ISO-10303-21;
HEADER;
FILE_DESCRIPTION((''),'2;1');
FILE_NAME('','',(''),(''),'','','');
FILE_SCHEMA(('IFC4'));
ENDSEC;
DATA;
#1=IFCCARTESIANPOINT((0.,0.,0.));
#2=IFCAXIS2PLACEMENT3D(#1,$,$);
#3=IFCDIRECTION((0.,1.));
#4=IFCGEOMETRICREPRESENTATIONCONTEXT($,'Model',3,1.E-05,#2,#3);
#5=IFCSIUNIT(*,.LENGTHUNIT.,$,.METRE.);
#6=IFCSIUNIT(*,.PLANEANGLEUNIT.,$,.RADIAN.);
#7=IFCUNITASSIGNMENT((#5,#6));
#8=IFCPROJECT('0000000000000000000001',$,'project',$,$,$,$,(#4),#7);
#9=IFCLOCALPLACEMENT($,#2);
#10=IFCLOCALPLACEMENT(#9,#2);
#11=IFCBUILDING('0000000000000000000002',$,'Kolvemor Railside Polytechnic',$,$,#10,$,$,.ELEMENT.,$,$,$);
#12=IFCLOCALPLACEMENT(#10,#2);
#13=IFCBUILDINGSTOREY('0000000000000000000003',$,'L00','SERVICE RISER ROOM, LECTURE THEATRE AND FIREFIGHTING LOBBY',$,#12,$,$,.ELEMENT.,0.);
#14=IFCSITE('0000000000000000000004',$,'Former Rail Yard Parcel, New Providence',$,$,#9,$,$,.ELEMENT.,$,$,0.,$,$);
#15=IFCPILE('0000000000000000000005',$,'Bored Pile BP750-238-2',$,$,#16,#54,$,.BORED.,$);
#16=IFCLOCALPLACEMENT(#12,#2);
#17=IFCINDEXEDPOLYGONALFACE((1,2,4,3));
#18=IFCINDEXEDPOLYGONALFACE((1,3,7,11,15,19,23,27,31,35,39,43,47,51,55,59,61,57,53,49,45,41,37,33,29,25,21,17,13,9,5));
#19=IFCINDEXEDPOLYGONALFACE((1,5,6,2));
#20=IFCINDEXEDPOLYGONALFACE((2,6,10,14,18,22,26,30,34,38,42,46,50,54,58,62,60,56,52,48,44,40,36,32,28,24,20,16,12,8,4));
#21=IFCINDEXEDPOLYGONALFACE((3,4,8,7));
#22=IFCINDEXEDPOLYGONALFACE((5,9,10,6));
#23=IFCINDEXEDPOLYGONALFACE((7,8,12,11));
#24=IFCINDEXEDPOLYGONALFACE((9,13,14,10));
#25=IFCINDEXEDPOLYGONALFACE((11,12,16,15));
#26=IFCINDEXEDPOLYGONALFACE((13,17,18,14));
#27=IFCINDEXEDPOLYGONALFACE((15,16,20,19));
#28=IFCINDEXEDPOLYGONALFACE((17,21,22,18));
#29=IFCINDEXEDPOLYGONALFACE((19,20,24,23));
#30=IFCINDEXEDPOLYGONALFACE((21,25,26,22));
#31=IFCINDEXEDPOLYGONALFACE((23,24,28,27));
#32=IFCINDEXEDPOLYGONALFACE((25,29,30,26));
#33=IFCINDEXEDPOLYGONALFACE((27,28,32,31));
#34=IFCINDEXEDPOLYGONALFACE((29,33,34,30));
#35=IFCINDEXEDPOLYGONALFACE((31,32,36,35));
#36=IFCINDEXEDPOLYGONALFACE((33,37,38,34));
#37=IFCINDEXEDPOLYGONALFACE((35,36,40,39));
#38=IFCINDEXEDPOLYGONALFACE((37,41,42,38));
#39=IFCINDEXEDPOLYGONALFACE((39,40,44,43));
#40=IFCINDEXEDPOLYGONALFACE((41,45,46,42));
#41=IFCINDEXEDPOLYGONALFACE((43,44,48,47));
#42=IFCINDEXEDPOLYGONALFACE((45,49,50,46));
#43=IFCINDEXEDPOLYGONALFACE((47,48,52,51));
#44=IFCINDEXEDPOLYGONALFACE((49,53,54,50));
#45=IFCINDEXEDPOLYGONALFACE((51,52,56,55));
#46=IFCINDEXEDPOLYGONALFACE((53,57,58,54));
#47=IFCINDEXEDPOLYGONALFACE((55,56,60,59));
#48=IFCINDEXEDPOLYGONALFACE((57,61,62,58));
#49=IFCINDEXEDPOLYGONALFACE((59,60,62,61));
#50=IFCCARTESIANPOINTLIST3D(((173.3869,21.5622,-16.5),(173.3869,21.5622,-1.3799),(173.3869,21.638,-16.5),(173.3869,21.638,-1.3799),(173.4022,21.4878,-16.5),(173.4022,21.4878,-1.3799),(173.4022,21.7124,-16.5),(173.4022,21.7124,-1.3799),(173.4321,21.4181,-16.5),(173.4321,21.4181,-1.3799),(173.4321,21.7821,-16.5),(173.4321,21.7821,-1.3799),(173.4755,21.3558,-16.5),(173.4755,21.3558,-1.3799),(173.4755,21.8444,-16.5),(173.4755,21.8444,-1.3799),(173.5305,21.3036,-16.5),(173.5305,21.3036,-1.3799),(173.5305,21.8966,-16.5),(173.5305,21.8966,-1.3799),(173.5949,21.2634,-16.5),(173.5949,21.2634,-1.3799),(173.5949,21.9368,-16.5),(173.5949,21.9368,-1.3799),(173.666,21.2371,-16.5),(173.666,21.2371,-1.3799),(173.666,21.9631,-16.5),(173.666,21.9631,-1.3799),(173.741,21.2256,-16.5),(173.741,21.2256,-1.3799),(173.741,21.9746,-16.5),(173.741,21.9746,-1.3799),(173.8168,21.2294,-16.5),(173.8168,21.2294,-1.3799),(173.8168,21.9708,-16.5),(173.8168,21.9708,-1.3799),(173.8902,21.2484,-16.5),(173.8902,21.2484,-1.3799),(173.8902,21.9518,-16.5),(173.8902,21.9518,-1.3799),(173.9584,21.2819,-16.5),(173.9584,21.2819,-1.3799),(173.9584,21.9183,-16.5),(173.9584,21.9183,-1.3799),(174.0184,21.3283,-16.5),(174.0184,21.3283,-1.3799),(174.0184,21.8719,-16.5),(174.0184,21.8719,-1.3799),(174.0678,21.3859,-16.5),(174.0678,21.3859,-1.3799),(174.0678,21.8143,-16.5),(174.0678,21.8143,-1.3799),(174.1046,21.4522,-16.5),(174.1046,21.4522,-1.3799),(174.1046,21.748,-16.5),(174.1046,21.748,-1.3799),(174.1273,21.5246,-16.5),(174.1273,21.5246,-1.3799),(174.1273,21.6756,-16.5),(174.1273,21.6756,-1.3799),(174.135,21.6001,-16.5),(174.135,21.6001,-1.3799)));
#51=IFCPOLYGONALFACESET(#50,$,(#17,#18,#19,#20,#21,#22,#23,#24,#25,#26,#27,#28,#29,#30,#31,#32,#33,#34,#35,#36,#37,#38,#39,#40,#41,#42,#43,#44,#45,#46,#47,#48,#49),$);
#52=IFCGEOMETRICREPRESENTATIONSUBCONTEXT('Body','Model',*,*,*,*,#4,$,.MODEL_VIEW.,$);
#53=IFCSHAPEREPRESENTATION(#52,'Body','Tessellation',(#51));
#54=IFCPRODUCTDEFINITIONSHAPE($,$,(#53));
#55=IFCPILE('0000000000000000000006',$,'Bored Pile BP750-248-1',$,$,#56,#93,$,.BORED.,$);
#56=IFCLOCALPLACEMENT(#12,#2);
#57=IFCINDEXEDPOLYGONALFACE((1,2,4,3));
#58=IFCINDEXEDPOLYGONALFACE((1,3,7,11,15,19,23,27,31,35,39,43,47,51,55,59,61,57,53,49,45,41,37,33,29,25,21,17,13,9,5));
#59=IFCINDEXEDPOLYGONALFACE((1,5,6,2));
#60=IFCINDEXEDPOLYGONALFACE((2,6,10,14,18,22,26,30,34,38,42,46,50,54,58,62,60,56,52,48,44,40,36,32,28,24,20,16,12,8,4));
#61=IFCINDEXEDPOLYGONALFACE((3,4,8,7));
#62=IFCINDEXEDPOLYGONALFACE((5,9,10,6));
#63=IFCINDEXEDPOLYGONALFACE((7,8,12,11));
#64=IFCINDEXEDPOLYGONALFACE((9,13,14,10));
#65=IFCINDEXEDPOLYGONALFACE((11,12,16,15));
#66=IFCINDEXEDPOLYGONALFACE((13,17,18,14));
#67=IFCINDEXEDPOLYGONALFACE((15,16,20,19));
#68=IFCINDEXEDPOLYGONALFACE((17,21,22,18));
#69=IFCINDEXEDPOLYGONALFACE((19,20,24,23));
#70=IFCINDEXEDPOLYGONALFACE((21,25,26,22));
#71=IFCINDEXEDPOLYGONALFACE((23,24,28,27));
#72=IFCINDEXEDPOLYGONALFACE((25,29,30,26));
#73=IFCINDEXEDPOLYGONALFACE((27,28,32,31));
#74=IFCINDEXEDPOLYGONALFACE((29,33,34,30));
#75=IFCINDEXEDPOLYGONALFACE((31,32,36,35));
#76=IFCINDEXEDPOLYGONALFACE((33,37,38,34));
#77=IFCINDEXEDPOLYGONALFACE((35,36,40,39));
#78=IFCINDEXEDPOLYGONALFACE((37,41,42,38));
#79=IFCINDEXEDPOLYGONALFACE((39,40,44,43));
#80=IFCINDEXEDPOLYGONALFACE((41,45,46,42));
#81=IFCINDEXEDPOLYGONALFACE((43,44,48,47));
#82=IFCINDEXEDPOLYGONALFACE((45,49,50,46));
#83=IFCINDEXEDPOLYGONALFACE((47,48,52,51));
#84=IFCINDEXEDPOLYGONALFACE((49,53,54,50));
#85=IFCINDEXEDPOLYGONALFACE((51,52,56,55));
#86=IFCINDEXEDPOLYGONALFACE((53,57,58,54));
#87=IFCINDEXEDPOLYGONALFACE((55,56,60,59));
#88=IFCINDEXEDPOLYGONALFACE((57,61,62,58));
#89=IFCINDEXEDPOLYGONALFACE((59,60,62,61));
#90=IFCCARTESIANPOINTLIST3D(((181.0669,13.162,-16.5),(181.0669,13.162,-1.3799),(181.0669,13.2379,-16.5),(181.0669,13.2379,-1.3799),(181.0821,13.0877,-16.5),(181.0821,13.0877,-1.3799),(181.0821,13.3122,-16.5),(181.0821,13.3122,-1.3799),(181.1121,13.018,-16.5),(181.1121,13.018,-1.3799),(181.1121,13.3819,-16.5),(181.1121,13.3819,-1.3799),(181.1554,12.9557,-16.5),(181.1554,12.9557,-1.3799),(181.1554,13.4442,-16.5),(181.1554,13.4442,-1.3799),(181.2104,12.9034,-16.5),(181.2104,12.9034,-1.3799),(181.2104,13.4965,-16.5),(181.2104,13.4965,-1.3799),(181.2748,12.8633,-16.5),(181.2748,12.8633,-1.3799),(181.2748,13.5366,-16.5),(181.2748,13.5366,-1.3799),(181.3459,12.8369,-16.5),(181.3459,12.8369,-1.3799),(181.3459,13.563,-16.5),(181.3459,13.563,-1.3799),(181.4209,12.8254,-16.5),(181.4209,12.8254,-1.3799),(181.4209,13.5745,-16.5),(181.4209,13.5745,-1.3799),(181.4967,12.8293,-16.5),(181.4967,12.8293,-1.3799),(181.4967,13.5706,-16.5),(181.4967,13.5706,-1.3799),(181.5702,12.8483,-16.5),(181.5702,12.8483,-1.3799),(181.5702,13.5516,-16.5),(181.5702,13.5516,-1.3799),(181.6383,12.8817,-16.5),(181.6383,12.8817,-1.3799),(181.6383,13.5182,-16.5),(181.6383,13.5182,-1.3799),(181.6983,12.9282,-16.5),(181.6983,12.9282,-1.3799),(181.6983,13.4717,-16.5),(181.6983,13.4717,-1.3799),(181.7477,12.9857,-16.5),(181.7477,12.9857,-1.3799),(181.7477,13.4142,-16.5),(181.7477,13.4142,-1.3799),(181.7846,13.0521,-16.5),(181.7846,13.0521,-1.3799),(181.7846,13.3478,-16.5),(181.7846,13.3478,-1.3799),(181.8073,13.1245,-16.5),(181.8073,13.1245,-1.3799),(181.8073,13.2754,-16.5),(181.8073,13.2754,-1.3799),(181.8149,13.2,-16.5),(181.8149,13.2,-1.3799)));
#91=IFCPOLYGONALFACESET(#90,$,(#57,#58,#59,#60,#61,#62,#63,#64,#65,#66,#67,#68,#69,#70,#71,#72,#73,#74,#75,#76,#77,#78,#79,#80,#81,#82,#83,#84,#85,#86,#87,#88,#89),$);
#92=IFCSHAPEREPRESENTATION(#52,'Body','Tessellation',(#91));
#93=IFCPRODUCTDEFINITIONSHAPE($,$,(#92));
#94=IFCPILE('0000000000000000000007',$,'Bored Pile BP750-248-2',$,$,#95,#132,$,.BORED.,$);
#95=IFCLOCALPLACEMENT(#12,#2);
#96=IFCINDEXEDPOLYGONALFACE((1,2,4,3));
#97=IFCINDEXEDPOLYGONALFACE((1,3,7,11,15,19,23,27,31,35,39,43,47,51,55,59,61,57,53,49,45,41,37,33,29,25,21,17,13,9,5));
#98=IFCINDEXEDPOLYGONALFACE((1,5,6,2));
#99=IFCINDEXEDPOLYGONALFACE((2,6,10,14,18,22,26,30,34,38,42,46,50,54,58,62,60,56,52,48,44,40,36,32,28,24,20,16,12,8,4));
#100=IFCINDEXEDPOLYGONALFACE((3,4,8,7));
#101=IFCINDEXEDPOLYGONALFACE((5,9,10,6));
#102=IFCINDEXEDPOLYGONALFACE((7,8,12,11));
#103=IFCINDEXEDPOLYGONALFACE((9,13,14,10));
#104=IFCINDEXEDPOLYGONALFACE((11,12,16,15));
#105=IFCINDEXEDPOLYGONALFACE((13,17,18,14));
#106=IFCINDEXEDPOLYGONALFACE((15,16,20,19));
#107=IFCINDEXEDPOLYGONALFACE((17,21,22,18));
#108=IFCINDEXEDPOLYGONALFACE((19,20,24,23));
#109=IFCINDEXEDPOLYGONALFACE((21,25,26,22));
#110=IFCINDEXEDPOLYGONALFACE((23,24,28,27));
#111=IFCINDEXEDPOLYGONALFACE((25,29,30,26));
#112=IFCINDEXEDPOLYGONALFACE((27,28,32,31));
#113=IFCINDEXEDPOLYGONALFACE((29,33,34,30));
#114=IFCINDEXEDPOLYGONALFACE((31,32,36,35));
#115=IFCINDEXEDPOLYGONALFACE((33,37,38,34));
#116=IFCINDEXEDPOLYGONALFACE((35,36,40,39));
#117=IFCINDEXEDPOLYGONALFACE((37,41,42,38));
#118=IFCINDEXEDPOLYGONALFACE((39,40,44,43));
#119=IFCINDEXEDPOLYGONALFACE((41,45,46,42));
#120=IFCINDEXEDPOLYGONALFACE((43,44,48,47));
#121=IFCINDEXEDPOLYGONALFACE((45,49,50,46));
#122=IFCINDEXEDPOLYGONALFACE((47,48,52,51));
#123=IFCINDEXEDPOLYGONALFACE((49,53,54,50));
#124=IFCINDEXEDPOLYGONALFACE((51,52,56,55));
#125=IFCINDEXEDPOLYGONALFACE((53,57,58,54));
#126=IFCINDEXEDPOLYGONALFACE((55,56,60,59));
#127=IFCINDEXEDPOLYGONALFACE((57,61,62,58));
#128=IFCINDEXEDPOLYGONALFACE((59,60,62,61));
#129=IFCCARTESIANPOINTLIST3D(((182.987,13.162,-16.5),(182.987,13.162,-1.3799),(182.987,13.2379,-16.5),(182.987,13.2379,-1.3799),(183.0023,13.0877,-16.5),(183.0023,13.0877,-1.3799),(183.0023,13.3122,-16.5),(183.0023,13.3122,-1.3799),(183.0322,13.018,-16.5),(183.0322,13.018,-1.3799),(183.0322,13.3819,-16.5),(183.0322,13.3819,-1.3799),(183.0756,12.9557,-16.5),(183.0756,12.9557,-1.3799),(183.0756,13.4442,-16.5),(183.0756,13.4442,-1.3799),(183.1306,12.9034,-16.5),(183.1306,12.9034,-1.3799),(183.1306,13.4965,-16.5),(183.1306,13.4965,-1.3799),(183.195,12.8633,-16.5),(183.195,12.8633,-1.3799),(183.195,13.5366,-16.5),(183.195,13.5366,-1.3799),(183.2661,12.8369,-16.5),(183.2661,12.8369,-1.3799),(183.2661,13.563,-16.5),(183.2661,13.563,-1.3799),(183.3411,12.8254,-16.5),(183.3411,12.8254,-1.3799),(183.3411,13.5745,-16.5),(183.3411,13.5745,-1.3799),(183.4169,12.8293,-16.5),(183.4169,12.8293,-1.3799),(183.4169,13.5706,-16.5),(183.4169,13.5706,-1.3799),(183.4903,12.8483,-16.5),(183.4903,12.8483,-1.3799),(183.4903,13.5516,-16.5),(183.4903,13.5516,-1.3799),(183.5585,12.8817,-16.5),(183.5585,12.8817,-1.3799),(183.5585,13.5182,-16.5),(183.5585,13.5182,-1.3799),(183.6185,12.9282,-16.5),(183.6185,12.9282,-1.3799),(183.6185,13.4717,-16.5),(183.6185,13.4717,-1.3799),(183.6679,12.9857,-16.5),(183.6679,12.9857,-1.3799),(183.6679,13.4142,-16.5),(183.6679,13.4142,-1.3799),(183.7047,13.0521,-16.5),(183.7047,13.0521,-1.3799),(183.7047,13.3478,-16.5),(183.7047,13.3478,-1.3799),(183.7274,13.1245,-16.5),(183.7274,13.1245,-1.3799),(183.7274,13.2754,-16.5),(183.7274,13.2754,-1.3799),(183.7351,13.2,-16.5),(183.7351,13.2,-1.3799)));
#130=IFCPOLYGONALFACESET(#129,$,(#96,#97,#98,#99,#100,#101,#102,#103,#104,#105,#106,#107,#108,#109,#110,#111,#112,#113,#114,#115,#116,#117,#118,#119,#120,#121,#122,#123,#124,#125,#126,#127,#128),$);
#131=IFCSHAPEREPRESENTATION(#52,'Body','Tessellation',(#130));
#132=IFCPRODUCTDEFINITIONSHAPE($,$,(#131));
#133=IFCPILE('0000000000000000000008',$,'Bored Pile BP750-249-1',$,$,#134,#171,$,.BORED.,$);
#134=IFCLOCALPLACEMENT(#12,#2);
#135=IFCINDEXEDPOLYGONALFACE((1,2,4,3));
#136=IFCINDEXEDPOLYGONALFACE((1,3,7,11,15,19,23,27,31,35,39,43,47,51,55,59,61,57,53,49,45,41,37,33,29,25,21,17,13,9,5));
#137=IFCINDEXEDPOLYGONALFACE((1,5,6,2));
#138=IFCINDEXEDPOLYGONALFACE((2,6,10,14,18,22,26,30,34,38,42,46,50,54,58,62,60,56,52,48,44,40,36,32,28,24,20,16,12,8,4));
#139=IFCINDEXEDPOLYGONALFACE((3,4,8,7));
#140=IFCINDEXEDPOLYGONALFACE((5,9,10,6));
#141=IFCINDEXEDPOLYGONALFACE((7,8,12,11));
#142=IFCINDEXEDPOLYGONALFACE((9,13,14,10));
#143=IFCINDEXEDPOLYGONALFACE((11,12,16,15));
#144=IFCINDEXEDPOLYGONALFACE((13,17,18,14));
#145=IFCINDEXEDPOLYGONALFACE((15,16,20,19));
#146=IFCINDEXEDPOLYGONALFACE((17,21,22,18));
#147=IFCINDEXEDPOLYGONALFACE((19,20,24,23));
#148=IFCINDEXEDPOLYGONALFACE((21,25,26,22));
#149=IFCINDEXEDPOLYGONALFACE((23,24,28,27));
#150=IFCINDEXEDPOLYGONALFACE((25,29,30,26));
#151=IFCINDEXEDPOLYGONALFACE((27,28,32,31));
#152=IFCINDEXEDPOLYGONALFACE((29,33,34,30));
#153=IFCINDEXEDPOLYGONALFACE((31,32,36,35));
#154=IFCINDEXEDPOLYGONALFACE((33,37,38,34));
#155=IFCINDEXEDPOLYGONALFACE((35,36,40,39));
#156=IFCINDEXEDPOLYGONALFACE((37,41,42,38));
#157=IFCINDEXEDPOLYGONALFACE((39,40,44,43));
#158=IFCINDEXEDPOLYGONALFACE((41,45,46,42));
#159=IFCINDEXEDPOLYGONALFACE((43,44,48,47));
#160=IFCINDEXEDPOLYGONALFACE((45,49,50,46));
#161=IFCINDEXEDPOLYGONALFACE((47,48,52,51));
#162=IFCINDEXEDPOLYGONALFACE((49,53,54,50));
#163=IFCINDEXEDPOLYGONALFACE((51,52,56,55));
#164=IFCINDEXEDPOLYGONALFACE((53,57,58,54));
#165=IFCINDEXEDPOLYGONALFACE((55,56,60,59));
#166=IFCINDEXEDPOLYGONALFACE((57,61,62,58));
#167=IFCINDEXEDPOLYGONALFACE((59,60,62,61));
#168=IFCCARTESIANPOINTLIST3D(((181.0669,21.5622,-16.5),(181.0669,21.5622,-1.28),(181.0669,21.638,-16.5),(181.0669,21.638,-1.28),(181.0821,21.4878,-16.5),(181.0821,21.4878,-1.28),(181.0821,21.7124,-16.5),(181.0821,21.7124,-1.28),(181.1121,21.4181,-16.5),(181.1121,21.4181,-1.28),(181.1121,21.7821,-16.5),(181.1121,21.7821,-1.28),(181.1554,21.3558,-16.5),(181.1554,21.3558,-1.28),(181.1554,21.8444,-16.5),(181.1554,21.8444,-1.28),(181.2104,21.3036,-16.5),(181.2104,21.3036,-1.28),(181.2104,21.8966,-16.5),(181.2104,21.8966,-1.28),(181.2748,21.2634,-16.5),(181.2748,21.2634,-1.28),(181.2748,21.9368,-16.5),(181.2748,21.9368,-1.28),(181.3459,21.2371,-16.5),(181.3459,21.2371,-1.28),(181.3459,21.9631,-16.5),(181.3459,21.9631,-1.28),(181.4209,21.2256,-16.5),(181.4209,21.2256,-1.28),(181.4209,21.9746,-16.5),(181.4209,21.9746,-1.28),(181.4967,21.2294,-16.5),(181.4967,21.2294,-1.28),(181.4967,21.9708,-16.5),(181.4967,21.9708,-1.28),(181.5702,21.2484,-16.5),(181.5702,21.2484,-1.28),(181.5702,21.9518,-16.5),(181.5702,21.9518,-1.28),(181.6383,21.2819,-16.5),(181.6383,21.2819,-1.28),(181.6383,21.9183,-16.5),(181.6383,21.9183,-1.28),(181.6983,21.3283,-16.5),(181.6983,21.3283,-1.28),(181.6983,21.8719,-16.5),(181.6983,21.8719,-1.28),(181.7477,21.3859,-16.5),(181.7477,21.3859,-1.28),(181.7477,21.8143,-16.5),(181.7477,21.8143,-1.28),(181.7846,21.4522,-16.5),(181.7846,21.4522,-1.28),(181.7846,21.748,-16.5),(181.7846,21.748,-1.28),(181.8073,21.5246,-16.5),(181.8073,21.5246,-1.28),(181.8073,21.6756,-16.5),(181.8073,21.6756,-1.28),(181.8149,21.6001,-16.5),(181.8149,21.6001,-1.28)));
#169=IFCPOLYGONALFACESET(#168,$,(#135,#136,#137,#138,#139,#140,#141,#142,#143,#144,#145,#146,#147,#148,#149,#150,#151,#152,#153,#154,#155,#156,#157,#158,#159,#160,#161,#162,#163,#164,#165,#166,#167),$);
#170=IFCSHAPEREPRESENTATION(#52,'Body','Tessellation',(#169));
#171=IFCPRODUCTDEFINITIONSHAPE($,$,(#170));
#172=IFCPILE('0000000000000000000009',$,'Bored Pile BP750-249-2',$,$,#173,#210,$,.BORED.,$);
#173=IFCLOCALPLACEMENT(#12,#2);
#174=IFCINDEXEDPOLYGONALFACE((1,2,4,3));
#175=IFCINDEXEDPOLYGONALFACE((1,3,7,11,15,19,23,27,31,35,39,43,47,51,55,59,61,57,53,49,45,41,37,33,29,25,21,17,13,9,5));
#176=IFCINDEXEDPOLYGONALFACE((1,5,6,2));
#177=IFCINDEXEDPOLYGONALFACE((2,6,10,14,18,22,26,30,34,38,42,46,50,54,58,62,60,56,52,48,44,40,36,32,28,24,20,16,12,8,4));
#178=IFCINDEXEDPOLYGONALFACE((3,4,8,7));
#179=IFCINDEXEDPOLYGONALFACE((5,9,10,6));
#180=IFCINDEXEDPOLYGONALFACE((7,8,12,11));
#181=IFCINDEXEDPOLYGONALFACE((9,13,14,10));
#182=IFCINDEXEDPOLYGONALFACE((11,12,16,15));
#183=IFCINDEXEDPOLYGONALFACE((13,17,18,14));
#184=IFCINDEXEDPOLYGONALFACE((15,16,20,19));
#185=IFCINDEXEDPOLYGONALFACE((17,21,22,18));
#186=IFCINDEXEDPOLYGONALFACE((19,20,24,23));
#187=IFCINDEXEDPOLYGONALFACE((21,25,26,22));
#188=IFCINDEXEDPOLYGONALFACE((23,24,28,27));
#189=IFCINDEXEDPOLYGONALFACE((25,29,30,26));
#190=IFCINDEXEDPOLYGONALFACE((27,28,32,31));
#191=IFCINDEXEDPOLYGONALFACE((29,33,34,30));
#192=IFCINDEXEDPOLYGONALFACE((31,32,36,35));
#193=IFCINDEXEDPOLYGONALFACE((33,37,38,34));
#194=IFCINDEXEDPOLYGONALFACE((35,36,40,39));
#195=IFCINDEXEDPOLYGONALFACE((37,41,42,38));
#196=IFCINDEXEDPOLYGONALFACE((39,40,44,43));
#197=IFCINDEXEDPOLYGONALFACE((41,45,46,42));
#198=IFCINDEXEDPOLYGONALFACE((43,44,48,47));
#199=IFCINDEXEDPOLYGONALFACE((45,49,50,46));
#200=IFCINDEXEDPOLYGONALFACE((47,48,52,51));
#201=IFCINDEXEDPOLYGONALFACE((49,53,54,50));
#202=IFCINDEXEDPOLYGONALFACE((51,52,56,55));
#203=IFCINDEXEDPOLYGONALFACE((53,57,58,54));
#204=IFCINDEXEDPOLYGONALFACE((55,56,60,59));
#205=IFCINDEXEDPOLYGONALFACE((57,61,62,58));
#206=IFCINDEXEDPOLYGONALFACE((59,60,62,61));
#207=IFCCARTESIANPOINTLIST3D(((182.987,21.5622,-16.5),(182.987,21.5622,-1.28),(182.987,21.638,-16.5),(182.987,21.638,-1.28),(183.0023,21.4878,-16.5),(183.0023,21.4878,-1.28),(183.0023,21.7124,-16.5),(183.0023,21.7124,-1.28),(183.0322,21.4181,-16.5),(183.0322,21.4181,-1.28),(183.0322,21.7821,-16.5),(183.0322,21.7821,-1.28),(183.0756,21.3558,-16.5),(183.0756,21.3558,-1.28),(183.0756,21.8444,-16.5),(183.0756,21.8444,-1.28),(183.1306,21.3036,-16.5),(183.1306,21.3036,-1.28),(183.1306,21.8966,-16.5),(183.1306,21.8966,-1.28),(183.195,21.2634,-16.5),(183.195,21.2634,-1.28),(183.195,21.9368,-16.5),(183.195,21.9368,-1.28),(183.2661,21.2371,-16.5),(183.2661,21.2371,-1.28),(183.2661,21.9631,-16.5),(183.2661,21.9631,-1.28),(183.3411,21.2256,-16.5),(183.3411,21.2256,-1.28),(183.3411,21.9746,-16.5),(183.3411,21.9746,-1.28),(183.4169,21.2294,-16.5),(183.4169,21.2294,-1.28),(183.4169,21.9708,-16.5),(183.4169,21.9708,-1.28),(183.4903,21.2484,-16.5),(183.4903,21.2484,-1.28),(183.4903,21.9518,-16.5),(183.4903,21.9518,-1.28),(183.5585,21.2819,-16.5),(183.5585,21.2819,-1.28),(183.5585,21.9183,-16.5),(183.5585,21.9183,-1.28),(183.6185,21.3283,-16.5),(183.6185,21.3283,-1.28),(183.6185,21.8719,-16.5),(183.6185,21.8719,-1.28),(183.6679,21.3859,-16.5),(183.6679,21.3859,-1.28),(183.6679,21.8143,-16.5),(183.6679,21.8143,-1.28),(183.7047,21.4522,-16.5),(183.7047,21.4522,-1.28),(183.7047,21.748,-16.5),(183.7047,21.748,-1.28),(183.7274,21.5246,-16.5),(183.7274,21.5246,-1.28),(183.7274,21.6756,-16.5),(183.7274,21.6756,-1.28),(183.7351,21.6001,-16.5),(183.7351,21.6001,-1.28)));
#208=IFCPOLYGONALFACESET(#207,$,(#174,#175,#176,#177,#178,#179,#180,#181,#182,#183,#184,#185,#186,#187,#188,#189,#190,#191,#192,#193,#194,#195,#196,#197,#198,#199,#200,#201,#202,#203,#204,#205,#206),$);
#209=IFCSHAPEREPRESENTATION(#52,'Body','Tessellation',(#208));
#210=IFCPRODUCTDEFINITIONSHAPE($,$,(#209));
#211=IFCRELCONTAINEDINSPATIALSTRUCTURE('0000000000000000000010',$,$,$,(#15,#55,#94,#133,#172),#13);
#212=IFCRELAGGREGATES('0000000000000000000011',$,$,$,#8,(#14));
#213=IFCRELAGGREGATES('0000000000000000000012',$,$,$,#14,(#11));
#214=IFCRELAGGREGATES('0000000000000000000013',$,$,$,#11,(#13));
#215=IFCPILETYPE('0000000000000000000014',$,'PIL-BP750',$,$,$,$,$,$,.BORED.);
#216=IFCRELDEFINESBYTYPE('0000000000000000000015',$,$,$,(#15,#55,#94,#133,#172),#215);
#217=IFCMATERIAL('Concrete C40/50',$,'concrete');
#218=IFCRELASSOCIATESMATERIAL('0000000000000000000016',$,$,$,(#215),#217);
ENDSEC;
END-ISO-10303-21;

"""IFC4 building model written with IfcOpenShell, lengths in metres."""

from ifc_helpers import new_model, si_unit, direction, frame, origin, origin_2d, place, context, subcontext, project, spatial, circle, extrude, material, material_profile, profile_set, type_object, element, save


model = new_model("IFC4")

# Units and contexts
model_context = context("Model", 3, precision=1e-05, world=origin(), true_north=direction((0.0, 1.0)))
body_context = subcontext(model_context, "Body", "Model", "MODEL_VIEW")
ifc_project = project(units=[si_unit("LENGTHUNIT", "METRE"), si_unit("PLANEANGLEUNIT", "RADIAN")], contexts=[model_context])

# Site, building, storey
site_placement = place(None, origin())
site = spatial("IfcSite", under=ifc_project, at=site_placement, Name="Former Rail Yard Parcel, New Providence", CompositionType="ELEMENT", RefElevation=0.0)
building_placement = place(site_placement, origin())
building = spatial("IfcBuilding", under=site, at=building_placement, Name="Kolvemor Railside Polytechnic", CompositionType="ELEMENT")
storey_placement = place(building_placement, origin())
storey = spatial("IfcBuildingStorey", under=building, at=storey_placement, Name="L00", Description="SERVICE RISER ROOM, LECTURE THEATRE AND FIREFIGHTING LOBBY", CompositionType="ELEMENT", Elevation=0.0)

# Piles
ifc_material_1 = material(Name="Concrete C40/50", Category="concrete")
ifc_material_profile_1 = material_profile(ifc_material_1, circle(Radius=0.375, at=origin_2d()), Name="BP750")
ifc_profile_set_1 = profile_set([ifc_material_profile_1], Name="Concrete C40/50")
pile_type = type_object("IfcPileType", Name="PIL-BP750", PredefinedType="BORED", material=ifc_profile_set_1)
for number, where, z_axis, x_axis, name in (
    (1, (173.76, 21.6001, -1.3799), (0.0, 0.0, -1.0), (1.0, 0.0, 0.0), "Bored Pile BP750-238-2"),
    (2, (181.4399, 13.2, -1.3799), (0.0, 0.0, -1.0), (1.0, 0.0, 0.0), "Bored Pile BP750-248-1"),
    (3, (183.3601, 13.2, -1.3799), (0.0, 0.0, -1.0), (1.0, 0.0, 0.0), "Bored Pile BP750-248-2"),
):
    element("IfcPile", number, at=place(storey_placement, frame(where, z_axis=z_axis, x_axis=x_axis)), inside=storey, type_object=pile_type, Name=name, PredefinedType="BORED", context=body_context, shape_type="SweptSolid", body=[
        extrude(circle(Radius=0.375, at=origin_2d()), origin(), (0.0, 0.0, 1.0), 15.1201),
    ])
for number, where, z_axis, x_axis, name in (
    (4, (181.4399, 21.6001, -1.28), (0.0, 0.0, -1.0), (1.0, 0.0, 0.0), "Bored Pile BP750-249-1"),
    (5, (183.3601, 21.6001, -1.28), (0.0, 0.0, -1.0), (1.0, 0.0, 0.0), "Bored Pile BP750-249-2"),
):
    element("IfcPile", number, at=place(storey_placement, frame(where, z_axis=z_axis, x_axis=x_axis)), inside=storey, type_object=pile_type, Name=name, PredefinedType="BORED", context=body_context, shape_type="SweptSolid", body=[
        extrude(circle(Radius=0.375, at=origin_2d()), origin(), (0.0, 0.0, 1.0), 15.22),
    ])

save(model, "model.ifc")
